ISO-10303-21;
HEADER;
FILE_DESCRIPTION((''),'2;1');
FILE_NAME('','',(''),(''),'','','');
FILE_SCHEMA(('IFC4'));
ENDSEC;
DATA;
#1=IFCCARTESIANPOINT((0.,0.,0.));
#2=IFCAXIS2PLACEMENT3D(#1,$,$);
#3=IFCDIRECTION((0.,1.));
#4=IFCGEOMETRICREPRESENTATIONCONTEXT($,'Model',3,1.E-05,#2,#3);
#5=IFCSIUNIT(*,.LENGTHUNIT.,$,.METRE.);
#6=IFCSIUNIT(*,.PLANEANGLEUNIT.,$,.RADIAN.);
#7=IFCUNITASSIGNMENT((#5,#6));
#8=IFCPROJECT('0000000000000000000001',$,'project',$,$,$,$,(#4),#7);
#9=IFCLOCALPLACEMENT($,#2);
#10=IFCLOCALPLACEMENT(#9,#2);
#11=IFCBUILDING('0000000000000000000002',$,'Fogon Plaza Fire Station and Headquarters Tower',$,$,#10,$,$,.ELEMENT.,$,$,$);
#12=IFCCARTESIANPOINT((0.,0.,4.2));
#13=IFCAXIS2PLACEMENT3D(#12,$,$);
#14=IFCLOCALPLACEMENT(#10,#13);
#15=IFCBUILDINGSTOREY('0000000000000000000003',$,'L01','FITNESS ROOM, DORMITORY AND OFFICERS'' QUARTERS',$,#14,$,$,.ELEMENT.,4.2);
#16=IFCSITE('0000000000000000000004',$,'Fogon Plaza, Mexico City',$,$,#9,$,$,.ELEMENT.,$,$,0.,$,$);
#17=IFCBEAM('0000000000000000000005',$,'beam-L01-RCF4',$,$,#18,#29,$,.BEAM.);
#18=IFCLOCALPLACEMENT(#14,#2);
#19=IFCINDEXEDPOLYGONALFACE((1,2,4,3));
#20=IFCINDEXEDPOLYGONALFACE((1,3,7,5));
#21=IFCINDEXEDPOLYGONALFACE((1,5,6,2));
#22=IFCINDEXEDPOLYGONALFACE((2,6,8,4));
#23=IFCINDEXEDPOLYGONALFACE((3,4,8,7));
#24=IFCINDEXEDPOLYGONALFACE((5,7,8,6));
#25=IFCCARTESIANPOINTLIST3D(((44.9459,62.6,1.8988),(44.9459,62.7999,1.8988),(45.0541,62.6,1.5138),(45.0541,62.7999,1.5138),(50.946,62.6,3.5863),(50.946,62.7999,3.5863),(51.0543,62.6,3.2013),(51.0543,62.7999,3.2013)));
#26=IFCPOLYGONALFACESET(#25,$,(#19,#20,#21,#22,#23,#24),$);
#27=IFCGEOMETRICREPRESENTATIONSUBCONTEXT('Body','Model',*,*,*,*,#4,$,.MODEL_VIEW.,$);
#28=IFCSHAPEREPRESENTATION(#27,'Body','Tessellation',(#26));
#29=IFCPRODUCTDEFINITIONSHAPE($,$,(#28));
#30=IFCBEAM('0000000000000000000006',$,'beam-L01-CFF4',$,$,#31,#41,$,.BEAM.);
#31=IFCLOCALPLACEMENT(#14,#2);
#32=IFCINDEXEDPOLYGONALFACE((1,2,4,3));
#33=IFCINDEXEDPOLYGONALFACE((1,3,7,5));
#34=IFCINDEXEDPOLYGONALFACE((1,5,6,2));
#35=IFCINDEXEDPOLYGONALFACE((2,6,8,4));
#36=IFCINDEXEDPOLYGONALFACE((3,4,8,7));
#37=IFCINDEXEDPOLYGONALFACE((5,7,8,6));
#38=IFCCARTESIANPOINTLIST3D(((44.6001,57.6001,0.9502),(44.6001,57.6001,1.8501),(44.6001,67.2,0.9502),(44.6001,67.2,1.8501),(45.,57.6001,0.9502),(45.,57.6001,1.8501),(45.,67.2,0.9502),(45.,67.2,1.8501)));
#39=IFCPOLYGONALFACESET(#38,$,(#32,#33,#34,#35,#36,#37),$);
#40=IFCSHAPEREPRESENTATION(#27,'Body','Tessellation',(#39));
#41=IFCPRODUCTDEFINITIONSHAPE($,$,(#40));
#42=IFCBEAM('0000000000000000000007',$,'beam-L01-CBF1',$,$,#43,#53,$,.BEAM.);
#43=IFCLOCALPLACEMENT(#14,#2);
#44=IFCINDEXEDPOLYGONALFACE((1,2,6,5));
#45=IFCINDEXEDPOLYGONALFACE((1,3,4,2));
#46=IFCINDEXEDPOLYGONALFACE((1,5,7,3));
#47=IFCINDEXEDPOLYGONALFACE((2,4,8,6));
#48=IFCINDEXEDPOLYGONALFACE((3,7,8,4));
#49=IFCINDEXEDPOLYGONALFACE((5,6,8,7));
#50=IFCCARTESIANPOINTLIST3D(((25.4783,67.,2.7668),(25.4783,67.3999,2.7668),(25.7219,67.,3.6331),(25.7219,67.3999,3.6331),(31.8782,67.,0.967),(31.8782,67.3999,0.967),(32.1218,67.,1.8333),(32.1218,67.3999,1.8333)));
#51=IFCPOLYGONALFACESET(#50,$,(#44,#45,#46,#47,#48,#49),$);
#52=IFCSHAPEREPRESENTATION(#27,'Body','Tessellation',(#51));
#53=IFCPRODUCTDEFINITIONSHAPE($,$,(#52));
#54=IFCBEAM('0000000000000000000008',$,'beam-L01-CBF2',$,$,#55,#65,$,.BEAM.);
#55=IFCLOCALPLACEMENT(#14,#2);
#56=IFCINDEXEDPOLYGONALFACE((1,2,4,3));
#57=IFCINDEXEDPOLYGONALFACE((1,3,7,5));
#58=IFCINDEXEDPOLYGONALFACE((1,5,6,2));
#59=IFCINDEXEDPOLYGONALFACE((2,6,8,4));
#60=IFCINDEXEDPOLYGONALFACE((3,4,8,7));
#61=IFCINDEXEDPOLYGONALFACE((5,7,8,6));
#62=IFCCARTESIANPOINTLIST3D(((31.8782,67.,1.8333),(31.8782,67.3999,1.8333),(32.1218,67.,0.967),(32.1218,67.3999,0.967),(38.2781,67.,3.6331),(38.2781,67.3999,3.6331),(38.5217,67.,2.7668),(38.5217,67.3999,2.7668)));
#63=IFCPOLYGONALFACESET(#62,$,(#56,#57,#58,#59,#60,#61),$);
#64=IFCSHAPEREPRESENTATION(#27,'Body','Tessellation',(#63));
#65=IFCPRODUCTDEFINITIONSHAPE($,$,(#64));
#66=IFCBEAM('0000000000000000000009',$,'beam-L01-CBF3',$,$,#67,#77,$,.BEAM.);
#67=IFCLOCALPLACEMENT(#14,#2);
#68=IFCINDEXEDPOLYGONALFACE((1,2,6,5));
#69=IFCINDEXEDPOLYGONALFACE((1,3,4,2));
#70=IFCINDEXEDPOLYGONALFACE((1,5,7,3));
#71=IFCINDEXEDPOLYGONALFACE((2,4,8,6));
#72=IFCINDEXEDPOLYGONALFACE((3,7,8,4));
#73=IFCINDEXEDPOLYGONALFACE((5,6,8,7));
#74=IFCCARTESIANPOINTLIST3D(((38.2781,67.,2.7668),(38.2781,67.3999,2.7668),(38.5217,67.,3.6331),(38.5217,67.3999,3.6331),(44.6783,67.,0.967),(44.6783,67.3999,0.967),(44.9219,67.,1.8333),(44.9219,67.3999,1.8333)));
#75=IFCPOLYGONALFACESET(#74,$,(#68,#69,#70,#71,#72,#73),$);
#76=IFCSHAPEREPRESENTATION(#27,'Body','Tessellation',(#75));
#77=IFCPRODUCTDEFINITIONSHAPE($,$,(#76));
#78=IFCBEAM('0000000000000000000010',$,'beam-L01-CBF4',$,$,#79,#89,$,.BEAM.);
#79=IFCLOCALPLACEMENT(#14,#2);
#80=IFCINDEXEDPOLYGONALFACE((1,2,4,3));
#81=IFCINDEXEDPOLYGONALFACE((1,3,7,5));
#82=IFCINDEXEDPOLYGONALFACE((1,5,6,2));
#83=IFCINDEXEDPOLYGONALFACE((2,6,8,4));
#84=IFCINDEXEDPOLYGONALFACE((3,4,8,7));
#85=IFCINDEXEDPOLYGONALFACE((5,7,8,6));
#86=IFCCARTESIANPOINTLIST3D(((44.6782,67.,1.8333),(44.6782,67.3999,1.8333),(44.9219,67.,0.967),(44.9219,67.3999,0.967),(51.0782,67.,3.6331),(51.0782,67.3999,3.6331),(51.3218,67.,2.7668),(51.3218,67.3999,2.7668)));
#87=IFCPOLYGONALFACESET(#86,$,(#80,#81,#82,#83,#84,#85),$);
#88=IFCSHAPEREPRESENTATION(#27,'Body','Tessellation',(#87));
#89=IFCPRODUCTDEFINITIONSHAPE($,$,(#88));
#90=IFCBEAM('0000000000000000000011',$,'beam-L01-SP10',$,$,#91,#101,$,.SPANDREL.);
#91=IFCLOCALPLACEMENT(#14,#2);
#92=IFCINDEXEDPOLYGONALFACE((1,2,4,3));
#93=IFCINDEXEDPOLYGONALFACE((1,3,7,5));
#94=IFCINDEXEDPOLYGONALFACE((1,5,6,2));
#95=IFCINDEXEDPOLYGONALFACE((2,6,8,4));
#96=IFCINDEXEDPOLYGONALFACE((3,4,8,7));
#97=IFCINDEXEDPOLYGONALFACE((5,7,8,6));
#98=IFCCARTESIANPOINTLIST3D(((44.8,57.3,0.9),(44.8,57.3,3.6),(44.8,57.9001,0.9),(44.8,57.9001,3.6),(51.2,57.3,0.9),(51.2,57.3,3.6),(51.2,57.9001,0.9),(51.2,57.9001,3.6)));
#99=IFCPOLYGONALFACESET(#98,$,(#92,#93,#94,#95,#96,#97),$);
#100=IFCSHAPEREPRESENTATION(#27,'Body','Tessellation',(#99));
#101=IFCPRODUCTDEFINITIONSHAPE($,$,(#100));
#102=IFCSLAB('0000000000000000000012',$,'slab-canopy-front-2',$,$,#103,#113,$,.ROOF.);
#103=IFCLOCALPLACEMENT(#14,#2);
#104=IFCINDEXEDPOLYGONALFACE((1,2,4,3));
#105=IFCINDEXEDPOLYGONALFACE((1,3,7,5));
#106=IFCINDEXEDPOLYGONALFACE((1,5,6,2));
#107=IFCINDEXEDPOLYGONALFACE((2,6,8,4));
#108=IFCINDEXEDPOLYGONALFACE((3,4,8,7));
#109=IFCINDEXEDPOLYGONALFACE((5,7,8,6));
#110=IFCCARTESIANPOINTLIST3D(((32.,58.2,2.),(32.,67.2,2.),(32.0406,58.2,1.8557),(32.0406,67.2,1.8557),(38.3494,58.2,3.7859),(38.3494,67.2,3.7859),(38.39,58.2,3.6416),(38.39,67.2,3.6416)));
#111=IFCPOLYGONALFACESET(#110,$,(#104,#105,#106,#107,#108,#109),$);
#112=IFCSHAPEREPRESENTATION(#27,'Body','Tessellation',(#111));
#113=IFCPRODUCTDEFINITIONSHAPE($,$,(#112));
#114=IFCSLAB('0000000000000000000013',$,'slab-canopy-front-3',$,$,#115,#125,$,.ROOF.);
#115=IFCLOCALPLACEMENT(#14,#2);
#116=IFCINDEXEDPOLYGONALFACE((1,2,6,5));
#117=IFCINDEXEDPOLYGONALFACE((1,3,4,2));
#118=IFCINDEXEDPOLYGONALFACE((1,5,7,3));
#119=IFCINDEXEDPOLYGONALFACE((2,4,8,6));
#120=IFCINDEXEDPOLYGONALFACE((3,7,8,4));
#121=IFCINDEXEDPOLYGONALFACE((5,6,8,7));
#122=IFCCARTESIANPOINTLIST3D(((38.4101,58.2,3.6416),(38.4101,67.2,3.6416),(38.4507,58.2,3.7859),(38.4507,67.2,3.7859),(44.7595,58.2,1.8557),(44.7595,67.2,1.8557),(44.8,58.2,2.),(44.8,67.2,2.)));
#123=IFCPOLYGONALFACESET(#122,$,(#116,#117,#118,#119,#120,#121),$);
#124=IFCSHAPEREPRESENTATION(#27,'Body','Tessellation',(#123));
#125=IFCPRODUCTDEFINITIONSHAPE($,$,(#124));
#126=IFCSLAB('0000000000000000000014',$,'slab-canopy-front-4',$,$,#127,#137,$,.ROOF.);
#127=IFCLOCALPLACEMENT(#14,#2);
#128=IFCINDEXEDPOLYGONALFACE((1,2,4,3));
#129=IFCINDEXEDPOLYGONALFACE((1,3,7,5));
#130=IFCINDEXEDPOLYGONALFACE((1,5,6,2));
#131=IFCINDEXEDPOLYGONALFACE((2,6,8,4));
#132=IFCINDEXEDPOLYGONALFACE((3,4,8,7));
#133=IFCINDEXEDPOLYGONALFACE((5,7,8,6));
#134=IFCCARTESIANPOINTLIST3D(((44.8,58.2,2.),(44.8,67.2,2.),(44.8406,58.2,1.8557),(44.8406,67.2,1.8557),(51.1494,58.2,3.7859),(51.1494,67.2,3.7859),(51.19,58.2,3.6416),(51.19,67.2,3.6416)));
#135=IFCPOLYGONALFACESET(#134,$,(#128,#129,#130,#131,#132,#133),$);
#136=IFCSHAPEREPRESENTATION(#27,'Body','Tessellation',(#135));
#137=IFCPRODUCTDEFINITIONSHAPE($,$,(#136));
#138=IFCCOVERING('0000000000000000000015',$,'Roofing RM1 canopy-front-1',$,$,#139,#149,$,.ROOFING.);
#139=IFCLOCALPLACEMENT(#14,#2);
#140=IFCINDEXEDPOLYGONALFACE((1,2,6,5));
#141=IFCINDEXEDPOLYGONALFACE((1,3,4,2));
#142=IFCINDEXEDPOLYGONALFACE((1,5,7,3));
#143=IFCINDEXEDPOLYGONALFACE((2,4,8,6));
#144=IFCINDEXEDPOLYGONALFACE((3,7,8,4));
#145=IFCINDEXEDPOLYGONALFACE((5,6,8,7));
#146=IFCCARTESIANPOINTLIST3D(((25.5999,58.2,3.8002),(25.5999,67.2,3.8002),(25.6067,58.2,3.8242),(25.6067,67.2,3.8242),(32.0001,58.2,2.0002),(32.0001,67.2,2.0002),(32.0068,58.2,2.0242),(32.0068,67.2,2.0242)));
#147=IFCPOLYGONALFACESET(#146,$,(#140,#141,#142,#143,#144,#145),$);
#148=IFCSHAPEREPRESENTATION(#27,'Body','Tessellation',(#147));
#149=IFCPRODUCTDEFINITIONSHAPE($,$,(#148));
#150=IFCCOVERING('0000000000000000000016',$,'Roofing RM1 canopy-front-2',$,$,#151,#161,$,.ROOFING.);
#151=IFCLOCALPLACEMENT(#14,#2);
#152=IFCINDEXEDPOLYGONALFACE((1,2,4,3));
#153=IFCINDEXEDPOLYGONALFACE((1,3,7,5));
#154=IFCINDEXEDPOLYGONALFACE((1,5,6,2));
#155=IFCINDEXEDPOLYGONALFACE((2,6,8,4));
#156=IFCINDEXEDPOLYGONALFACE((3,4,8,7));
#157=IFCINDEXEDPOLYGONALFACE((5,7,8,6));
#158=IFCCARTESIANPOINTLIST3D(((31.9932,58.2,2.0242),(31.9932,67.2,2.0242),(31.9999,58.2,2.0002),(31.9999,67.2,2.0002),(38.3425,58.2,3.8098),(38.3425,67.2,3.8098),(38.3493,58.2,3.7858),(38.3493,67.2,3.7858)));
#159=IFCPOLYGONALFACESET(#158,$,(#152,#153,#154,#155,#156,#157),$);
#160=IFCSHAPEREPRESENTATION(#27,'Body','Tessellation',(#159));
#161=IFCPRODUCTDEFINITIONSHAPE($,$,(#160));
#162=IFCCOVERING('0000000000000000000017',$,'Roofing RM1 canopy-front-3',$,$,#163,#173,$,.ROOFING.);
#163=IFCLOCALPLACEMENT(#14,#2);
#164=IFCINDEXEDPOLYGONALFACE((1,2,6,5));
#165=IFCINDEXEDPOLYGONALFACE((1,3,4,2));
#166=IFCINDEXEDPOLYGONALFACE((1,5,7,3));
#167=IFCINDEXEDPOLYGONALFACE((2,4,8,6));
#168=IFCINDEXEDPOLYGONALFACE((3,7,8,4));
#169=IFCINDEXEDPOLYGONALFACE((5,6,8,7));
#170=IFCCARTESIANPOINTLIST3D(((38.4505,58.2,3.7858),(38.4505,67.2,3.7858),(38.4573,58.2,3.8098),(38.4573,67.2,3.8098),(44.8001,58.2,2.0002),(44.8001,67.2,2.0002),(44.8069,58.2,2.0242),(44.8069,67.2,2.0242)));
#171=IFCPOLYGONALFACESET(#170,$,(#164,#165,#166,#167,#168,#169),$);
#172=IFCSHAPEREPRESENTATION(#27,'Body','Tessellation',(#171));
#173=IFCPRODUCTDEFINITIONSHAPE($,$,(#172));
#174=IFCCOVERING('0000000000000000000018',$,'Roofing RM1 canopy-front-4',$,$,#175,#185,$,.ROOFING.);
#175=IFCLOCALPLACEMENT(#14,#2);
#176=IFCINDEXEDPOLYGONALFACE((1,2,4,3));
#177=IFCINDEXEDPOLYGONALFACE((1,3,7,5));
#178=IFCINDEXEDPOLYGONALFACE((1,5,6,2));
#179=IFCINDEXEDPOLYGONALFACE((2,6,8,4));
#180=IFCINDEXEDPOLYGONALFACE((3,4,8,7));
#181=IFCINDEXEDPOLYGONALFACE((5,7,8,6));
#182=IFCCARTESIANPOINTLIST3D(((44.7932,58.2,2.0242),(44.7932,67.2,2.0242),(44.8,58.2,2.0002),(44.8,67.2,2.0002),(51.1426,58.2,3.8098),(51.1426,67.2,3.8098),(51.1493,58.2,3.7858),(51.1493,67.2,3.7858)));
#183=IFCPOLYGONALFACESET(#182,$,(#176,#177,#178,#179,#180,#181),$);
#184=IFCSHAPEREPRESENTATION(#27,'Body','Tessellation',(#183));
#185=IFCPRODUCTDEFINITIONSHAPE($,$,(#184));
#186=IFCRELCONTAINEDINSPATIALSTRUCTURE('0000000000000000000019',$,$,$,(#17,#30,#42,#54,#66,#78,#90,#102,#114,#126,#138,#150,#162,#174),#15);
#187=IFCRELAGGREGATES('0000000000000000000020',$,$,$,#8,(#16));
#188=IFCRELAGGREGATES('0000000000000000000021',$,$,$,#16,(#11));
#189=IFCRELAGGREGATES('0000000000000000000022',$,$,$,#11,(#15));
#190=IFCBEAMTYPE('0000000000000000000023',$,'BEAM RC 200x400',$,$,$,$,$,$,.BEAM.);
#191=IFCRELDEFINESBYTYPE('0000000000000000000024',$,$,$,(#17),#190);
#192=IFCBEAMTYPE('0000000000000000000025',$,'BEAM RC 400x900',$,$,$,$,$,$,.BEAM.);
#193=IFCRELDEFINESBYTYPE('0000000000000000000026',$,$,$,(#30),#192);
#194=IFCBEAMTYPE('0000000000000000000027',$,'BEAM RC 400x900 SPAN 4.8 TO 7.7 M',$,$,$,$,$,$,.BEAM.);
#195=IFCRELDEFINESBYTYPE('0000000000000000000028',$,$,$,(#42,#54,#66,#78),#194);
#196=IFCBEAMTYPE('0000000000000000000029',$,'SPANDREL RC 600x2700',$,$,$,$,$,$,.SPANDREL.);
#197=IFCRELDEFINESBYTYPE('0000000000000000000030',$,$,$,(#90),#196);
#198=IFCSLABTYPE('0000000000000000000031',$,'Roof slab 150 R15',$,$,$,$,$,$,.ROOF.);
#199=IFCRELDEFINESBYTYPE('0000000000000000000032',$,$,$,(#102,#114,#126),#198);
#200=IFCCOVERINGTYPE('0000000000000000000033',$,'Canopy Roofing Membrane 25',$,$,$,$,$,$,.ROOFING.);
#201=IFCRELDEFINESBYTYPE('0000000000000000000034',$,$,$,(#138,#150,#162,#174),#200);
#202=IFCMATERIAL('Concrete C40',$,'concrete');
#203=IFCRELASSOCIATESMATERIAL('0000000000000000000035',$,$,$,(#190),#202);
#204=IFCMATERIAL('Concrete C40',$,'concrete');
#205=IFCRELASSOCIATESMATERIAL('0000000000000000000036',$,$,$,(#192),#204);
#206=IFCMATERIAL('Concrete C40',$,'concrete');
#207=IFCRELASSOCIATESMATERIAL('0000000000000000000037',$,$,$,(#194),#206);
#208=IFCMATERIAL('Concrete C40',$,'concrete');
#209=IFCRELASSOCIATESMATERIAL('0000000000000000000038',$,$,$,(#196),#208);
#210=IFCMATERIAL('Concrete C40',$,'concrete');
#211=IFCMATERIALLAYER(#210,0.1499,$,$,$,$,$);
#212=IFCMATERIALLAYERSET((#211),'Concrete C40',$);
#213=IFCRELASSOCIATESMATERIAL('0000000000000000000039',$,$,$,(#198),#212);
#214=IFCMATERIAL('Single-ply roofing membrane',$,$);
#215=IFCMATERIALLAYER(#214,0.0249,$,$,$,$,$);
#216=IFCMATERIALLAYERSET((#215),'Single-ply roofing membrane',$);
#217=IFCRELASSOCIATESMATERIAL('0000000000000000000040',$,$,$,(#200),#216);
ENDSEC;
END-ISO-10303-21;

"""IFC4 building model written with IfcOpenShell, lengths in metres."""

from ifc_helpers import new_model, si_unit, direction, frame, origin, origin_2d, place, context, subcontext, project, spatial, polyline, rectangle, outline, extrude, material, layer, layer_set, material_profile, profile_set, type_object, element, save


model = new_model("IFC4")

# Units and contexts
model_context = context("Model", 3, precision=1e-05, world=origin(), true_north=direction((0.0, 1.0)))
body_context = subcontext(model_context, "Body", "Model", "MODEL_VIEW")
ifc_project = project(units=[si_unit("LENGTHUNIT", "METRE"), si_unit("PLANEANGLEUNIT", "RADIAN")], contexts=[model_context])

# Site, building, storey
site_placement = place(None, origin())
site = spatial("IfcSite", under=ifc_project, at=site_placement, Name="Fogon Plaza, Mexico City", CompositionType="ELEMENT", RefElevation=0.0)
building_placement = place(site_placement, origin())
building = spatial("IfcBuilding", under=site, at=building_placement, Name="Fogon Plaza Fire Station and Headquarters Tower", CompositionType="ELEMENT")
storey_placement = place(building_placement, frame((0.0, 0.0, 4.2)))
storey = spatial("IfcBuildingStorey", under=building, at=storey_placement, Name="L01", Description="FITNESS ROOM, DORMITORY AND OFFICERS' QUARTERS", CompositionType="ELEMENT", Elevation=4.2)

# Beams
ifc_material_1 = material(Name="Concrete C40", Category="concrete")
ifc_material_profile_1 = material_profile(ifc_material_1, rectangle(XDim=0.2, YDim=0.3999, at=origin_2d()), Name="RC 200x400")
ifc_profile_set_1 = profile_set([ifc_material_profile_1], Name="Concrete C40")
beam_type_1 = type_object("IfcBeamType", Name="BEAM RC 200x400", PredefinedType="BEAM", material=ifc_profile_set_1)
for number, where, z_axis, x_axis, name in (
    (1, (45.0, 62.7, 1.7063), (0.962651, 0.0, 0.270746), (0.0, 1.0, 0.0), "beam-L01-RCF4"),
):
    element("IfcBeam", number, at=place(storey_placement, frame(where, z_axis=z_axis, x_axis=x_axis)), inside=storey, type_object=beam_type_1, Name=name, PredefinedType="BEAM", context=body_context, shape_type="SweptSolid", body=[
        extrude(rectangle(XDim=0.2, YDim=0.3999, at=origin_2d()), origin(), (0.0, 0.0, 1.0), 6.2329),
    ])
ifc_material_2 = material(Name="Concrete C40", Category="concrete")
ifc_material_profile_2 = material_profile(ifc_material_2, rectangle(XDim=0.3999, YDim=0.8999, at=origin_2d()), Name="RC 400x900")
ifc_profile_set_2 = profile_set([ifc_material_profile_2], Name="Concrete C40")
beam_type_2 = type_object("IfcBeamType", Name="BEAM RC 400x900", PredefinedType="BEAM", material=ifc_profile_set_2)
beam_1_placement = place(storey_placement, frame((44.8, 57.6001, 1.4001), z_axis=(0.0, 1.0, 0.0), x_axis=(-1.0, 0.0, 0.0)))
element("IfcBeam", 2, at=beam_1_placement, inside=storey, type_object=beam_type_2, Name="beam-L01-CFF4", PredefinedType="BEAM", context=body_context, shape_type="SweptSolid", body=[
    extrude(rectangle(XDim=0.3999, YDim=0.8999, at=origin_2d()), origin(), (0.0, 0.0, 1.0), 9.5999),
])
ifc_material_3 = material(Name="Concrete C40", Category="concrete")
ifc_material_profile_3 = material_profile(ifc_material_3, rectangle(XDim=0.3999, YDim=0.8999, at=origin_2d()), Name="RC 400x900")
ifc_profile_set_3 = profile_set([ifc_material_profile_3], Name="Concrete C40")
beam_type_3 = type_object("IfcBeamType", Name="BEAM RC 400x900 SPAN 4.8 TO 7.7 M", PredefinedType="BEAM", material=ifc_profile_set_3)
for number, where, z_axis, x_axis, name in (
    (3, (25.6001, 67.2, 3.2), (0.962658, 0.0, -0.270722), (0.0, 1.0, 0.0), "beam-L01-CBF1"),
    (4, (32.0, 67.2, 1.4001), (0.962658, 0.0, 0.270722), (0.0, 1.0, 0.0), "beam-L01-CBF2"),
):
    element("IfcBeam", number, at=place(storey_placement, frame(where, z_axis=z_axis, x_axis=x_axis)), inside=storey, type_object=beam_type_3, Name=name, PredefinedType="BEAM", context=body_context, shape_type="SweptSolid", body=[
        extrude(rectangle(XDim=0.3999, YDim=0.8999, at=origin_2d()), origin(), (0.0, 0.0, 1.0), 6.6482),
    ])
beam_2_placement = place(storey_placement, frame((38.3999, 67.2, 3.2), z_axis=(0.96266, 0.0, -0.270713), x_axis=(0.0, 1.0, 0.0)))
element("IfcBeam", 5, at=beam_2_placement, inside=storey, type_object=beam_type_3, Name="beam-L01-CBF3", PredefinedType="BEAM", context=body_context, shape_type="SweptSolid", body=[
    extrude(rectangle(XDim=0.3999, YDim=0.8999, at=origin_2d()), origin(), (0.0, 0.0, 1.0), 6.6484),
])
beam_3_placement = place(storey_placement, frame((44.8, 67.2, 1.4001), z_axis=(0.962658, 0.0, 0.270722), x_axis=(0.0, 1.0, 0.0)))
element("IfcBeam", 6, at=beam_3_placement, inside=storey, type_object=beam_type_3, Name="beam-L01-CBF4", PredefinedType="BEAM", context=body_context, shape_type="SweptSolid", body=[
    extrude(rectangle(XDim=0.3999, YDim=0.8999, at=origin_2d()), origin(), (0.0, 0.0, 1.0), 6.6482),
])
ifc_material_4 = material(Name="Concrete C40", Category="concrete")
ifc_material_profile_4 = material_profile(ifc_material_4, rectangle(XDim=0.6001, YDim=2.7, at=origin_2d()), Name="RC 600x2700")
ifc_profile_set_4 = profile_set([ifc_material_profile_4], Name="Concrete C40")
beam_type_4 = type_object("IfcBeamType", Name="SPANDREL RC 600x2700", PredefinedType="SPANDREL", material=ifc_profile_set_4)
beam_4_placement = place(storey_placement, frame((44.8, 57.6001, 2.25), z_axis=(1.0, 0.0, 0.0), x_axis=(0.0, 1.0, 0.0)))
element("IfcBeam", 7, at=beam_4_placement, inside=storey, type_object=beam_type_4, Name="beam-L01-SP10", PredefinedType="SPANDREL", context=body_context, shape_type="SweptSolid", body=[
    extrude(rectangle(XDim=0.6001, YDim=2.7, at=origin_2d()), origin(), (0.0, 0.0, 1.0), 6.3999),
])

# Slabs
ifc_material_5 = material(Name="Concrete C40", Category="concrete")
ifc_layer_1 = layer(ifc_material_5, 0.1499)
ifc_layer_set_1 = layer_set([ifc_layer_1], Name="Concrete C40")
slab_type = type_object("IfcSlabType", Name="Roof slab 150 R15", PredefinedType="ROOF", material=ifc_layer_set_1)
for number, where, z_axis, x_axis, name in (
    (8, (32.0, 58.2, 2.0), (-0.270764, 0.0, 0.962646), (0.962646, 0.0, 0.270764), "slab-canopy-front-2"),
    (9, (38.4507, 58.2, 3.7859), (0.270764, 0.0, 0.962646), (0.962646, 0.0, -0.270764), "slab-canopy-front-3"),
    (10, (44.8, 58.2, 2.0), (-0.270764, 0.0, 0.962646), (0.962646, 0.0, 0.270764), "slab-canopy-front-4"),
):
    element("IfcSlab", number, at=place(storey_placement, frame(where, z_axis=z_axis, x_axis=x_axis)), inside=storey, type_object=slab_type, Name=name, PredefinedType="ROOF", context=body_context, shape_type="SweptSolid", body=[
        extrude(outline(polyline([(0.0, 0.0), (6.5957, 0.0), (6.5957, 9.0), (0.0, 9.0), (0.0, 0.0)])), origin(), (0.0, 0.0, -1.0), 0.1499),
    ])

# Coverings
ifc_material_6 = material(Name="Single-ply roofing membrane")
ifc_layer_2 = layer(ifc_material_6, 0.0249)
ifc_layer_set_2 = layer_set([ifc_layer_2], Name="Single-ply roofing membrane")
covering_type = type_object("IfcCoveringType", Name="Canopy Roofing Membrane 25", PredefinedType="ROOFING", material=ifc_layer_set_2)
covering_1_placement = place(storey_placement, frame((25.6067, 58.2, 3.8242), z_axis=(0.270747, 0.0, 0.962651), x_axis=(0.962651, 0.0, -0.270747)))
element("IfcCovering", 11, at=covering_1_placement, inside=storey, type_object=covering_type, Name="Roofing RM1 canopy-front-1", PredefinedType="ROOFING", context=body_context, shape_type="SweptSolid", body=[
    extrude(outline(polyline([(0.0, 0.0), (6.6485, 0.0), (6.6485, 9.0), (0.0, 9.0), (0.0, 0.0)])), origin(), (0.0, 0.0, -1.0), 0.0249),
])
covering_2_placement = place(storey_placement, frame((31.9932, 58.2, 2.0242), z_axis=(-0.270729, 0.0, 0.962655), x_axis=(0.962655, 0.0, 0.270729)))
element("IfcCovering", 12, at=covering_2_placement, inside=storey, type_object=covering_type, Name="Roofing RM1 canopy-front-2", PredefinedType="ROOFING", context=body_context, shape_type="SweptSolid", body=[
    extrude(outline(polyline([(0.0, 0.0), (6.5957, 0.0), (6.5957, 9.0), (0.0, 9.0), (0.0, 0.0)])), origin(), (0.0, 0.0, -1.0), 0.0249),
])
covering_3_placement = place(storey_placement, frame((38.4573, 58.2, 3.8098), z_axis=(0.27072, 0.0, 0.962658), x_axis=(0.962658, 0.0, -0.27072)))
element("IfcCovering", 13, at=covering_3_placement, inside=storey, type_object=covering_type, Name="Roofing RM1 canopy-front-3", PredefinedType="ROOFING", context=body_context, shape_type="SweptSolid", body=[
    extrude(outline(polyline([(0.0, 0.0), (6.5959, 0.0), (6.5959, 9.0), (0.0, 9.0), (0.0, 0.0)])), origin(), (0.0, 0.0, -1.0), 0.0249),
])
covering_4_placement = place(storey_placement, frame((44.7932, 58.2, 2.0242), z_axis=(-0.270729, 0.0, 0.962655), x_axis=(0.962655, 0.0, 0.270729)))
element("IfcCovering", 14, at=covering_4_placement, inside=storey, type_object=covering_type, Name="Roofing RM1 canopy-front-4", PredefinedType="ROOFING", context=body_context, shape_type="SweptSolid", body=[
    extrude(outline(polyline([(0.0, 0.0), (6.5957, 0.0), (6.5957, 9.0), (0.0, 9.0), (0.0, 0.0)])), origin(), (0.0, 0.0, -1.0), 0.0249),
])

save(model, "model.ifc")
